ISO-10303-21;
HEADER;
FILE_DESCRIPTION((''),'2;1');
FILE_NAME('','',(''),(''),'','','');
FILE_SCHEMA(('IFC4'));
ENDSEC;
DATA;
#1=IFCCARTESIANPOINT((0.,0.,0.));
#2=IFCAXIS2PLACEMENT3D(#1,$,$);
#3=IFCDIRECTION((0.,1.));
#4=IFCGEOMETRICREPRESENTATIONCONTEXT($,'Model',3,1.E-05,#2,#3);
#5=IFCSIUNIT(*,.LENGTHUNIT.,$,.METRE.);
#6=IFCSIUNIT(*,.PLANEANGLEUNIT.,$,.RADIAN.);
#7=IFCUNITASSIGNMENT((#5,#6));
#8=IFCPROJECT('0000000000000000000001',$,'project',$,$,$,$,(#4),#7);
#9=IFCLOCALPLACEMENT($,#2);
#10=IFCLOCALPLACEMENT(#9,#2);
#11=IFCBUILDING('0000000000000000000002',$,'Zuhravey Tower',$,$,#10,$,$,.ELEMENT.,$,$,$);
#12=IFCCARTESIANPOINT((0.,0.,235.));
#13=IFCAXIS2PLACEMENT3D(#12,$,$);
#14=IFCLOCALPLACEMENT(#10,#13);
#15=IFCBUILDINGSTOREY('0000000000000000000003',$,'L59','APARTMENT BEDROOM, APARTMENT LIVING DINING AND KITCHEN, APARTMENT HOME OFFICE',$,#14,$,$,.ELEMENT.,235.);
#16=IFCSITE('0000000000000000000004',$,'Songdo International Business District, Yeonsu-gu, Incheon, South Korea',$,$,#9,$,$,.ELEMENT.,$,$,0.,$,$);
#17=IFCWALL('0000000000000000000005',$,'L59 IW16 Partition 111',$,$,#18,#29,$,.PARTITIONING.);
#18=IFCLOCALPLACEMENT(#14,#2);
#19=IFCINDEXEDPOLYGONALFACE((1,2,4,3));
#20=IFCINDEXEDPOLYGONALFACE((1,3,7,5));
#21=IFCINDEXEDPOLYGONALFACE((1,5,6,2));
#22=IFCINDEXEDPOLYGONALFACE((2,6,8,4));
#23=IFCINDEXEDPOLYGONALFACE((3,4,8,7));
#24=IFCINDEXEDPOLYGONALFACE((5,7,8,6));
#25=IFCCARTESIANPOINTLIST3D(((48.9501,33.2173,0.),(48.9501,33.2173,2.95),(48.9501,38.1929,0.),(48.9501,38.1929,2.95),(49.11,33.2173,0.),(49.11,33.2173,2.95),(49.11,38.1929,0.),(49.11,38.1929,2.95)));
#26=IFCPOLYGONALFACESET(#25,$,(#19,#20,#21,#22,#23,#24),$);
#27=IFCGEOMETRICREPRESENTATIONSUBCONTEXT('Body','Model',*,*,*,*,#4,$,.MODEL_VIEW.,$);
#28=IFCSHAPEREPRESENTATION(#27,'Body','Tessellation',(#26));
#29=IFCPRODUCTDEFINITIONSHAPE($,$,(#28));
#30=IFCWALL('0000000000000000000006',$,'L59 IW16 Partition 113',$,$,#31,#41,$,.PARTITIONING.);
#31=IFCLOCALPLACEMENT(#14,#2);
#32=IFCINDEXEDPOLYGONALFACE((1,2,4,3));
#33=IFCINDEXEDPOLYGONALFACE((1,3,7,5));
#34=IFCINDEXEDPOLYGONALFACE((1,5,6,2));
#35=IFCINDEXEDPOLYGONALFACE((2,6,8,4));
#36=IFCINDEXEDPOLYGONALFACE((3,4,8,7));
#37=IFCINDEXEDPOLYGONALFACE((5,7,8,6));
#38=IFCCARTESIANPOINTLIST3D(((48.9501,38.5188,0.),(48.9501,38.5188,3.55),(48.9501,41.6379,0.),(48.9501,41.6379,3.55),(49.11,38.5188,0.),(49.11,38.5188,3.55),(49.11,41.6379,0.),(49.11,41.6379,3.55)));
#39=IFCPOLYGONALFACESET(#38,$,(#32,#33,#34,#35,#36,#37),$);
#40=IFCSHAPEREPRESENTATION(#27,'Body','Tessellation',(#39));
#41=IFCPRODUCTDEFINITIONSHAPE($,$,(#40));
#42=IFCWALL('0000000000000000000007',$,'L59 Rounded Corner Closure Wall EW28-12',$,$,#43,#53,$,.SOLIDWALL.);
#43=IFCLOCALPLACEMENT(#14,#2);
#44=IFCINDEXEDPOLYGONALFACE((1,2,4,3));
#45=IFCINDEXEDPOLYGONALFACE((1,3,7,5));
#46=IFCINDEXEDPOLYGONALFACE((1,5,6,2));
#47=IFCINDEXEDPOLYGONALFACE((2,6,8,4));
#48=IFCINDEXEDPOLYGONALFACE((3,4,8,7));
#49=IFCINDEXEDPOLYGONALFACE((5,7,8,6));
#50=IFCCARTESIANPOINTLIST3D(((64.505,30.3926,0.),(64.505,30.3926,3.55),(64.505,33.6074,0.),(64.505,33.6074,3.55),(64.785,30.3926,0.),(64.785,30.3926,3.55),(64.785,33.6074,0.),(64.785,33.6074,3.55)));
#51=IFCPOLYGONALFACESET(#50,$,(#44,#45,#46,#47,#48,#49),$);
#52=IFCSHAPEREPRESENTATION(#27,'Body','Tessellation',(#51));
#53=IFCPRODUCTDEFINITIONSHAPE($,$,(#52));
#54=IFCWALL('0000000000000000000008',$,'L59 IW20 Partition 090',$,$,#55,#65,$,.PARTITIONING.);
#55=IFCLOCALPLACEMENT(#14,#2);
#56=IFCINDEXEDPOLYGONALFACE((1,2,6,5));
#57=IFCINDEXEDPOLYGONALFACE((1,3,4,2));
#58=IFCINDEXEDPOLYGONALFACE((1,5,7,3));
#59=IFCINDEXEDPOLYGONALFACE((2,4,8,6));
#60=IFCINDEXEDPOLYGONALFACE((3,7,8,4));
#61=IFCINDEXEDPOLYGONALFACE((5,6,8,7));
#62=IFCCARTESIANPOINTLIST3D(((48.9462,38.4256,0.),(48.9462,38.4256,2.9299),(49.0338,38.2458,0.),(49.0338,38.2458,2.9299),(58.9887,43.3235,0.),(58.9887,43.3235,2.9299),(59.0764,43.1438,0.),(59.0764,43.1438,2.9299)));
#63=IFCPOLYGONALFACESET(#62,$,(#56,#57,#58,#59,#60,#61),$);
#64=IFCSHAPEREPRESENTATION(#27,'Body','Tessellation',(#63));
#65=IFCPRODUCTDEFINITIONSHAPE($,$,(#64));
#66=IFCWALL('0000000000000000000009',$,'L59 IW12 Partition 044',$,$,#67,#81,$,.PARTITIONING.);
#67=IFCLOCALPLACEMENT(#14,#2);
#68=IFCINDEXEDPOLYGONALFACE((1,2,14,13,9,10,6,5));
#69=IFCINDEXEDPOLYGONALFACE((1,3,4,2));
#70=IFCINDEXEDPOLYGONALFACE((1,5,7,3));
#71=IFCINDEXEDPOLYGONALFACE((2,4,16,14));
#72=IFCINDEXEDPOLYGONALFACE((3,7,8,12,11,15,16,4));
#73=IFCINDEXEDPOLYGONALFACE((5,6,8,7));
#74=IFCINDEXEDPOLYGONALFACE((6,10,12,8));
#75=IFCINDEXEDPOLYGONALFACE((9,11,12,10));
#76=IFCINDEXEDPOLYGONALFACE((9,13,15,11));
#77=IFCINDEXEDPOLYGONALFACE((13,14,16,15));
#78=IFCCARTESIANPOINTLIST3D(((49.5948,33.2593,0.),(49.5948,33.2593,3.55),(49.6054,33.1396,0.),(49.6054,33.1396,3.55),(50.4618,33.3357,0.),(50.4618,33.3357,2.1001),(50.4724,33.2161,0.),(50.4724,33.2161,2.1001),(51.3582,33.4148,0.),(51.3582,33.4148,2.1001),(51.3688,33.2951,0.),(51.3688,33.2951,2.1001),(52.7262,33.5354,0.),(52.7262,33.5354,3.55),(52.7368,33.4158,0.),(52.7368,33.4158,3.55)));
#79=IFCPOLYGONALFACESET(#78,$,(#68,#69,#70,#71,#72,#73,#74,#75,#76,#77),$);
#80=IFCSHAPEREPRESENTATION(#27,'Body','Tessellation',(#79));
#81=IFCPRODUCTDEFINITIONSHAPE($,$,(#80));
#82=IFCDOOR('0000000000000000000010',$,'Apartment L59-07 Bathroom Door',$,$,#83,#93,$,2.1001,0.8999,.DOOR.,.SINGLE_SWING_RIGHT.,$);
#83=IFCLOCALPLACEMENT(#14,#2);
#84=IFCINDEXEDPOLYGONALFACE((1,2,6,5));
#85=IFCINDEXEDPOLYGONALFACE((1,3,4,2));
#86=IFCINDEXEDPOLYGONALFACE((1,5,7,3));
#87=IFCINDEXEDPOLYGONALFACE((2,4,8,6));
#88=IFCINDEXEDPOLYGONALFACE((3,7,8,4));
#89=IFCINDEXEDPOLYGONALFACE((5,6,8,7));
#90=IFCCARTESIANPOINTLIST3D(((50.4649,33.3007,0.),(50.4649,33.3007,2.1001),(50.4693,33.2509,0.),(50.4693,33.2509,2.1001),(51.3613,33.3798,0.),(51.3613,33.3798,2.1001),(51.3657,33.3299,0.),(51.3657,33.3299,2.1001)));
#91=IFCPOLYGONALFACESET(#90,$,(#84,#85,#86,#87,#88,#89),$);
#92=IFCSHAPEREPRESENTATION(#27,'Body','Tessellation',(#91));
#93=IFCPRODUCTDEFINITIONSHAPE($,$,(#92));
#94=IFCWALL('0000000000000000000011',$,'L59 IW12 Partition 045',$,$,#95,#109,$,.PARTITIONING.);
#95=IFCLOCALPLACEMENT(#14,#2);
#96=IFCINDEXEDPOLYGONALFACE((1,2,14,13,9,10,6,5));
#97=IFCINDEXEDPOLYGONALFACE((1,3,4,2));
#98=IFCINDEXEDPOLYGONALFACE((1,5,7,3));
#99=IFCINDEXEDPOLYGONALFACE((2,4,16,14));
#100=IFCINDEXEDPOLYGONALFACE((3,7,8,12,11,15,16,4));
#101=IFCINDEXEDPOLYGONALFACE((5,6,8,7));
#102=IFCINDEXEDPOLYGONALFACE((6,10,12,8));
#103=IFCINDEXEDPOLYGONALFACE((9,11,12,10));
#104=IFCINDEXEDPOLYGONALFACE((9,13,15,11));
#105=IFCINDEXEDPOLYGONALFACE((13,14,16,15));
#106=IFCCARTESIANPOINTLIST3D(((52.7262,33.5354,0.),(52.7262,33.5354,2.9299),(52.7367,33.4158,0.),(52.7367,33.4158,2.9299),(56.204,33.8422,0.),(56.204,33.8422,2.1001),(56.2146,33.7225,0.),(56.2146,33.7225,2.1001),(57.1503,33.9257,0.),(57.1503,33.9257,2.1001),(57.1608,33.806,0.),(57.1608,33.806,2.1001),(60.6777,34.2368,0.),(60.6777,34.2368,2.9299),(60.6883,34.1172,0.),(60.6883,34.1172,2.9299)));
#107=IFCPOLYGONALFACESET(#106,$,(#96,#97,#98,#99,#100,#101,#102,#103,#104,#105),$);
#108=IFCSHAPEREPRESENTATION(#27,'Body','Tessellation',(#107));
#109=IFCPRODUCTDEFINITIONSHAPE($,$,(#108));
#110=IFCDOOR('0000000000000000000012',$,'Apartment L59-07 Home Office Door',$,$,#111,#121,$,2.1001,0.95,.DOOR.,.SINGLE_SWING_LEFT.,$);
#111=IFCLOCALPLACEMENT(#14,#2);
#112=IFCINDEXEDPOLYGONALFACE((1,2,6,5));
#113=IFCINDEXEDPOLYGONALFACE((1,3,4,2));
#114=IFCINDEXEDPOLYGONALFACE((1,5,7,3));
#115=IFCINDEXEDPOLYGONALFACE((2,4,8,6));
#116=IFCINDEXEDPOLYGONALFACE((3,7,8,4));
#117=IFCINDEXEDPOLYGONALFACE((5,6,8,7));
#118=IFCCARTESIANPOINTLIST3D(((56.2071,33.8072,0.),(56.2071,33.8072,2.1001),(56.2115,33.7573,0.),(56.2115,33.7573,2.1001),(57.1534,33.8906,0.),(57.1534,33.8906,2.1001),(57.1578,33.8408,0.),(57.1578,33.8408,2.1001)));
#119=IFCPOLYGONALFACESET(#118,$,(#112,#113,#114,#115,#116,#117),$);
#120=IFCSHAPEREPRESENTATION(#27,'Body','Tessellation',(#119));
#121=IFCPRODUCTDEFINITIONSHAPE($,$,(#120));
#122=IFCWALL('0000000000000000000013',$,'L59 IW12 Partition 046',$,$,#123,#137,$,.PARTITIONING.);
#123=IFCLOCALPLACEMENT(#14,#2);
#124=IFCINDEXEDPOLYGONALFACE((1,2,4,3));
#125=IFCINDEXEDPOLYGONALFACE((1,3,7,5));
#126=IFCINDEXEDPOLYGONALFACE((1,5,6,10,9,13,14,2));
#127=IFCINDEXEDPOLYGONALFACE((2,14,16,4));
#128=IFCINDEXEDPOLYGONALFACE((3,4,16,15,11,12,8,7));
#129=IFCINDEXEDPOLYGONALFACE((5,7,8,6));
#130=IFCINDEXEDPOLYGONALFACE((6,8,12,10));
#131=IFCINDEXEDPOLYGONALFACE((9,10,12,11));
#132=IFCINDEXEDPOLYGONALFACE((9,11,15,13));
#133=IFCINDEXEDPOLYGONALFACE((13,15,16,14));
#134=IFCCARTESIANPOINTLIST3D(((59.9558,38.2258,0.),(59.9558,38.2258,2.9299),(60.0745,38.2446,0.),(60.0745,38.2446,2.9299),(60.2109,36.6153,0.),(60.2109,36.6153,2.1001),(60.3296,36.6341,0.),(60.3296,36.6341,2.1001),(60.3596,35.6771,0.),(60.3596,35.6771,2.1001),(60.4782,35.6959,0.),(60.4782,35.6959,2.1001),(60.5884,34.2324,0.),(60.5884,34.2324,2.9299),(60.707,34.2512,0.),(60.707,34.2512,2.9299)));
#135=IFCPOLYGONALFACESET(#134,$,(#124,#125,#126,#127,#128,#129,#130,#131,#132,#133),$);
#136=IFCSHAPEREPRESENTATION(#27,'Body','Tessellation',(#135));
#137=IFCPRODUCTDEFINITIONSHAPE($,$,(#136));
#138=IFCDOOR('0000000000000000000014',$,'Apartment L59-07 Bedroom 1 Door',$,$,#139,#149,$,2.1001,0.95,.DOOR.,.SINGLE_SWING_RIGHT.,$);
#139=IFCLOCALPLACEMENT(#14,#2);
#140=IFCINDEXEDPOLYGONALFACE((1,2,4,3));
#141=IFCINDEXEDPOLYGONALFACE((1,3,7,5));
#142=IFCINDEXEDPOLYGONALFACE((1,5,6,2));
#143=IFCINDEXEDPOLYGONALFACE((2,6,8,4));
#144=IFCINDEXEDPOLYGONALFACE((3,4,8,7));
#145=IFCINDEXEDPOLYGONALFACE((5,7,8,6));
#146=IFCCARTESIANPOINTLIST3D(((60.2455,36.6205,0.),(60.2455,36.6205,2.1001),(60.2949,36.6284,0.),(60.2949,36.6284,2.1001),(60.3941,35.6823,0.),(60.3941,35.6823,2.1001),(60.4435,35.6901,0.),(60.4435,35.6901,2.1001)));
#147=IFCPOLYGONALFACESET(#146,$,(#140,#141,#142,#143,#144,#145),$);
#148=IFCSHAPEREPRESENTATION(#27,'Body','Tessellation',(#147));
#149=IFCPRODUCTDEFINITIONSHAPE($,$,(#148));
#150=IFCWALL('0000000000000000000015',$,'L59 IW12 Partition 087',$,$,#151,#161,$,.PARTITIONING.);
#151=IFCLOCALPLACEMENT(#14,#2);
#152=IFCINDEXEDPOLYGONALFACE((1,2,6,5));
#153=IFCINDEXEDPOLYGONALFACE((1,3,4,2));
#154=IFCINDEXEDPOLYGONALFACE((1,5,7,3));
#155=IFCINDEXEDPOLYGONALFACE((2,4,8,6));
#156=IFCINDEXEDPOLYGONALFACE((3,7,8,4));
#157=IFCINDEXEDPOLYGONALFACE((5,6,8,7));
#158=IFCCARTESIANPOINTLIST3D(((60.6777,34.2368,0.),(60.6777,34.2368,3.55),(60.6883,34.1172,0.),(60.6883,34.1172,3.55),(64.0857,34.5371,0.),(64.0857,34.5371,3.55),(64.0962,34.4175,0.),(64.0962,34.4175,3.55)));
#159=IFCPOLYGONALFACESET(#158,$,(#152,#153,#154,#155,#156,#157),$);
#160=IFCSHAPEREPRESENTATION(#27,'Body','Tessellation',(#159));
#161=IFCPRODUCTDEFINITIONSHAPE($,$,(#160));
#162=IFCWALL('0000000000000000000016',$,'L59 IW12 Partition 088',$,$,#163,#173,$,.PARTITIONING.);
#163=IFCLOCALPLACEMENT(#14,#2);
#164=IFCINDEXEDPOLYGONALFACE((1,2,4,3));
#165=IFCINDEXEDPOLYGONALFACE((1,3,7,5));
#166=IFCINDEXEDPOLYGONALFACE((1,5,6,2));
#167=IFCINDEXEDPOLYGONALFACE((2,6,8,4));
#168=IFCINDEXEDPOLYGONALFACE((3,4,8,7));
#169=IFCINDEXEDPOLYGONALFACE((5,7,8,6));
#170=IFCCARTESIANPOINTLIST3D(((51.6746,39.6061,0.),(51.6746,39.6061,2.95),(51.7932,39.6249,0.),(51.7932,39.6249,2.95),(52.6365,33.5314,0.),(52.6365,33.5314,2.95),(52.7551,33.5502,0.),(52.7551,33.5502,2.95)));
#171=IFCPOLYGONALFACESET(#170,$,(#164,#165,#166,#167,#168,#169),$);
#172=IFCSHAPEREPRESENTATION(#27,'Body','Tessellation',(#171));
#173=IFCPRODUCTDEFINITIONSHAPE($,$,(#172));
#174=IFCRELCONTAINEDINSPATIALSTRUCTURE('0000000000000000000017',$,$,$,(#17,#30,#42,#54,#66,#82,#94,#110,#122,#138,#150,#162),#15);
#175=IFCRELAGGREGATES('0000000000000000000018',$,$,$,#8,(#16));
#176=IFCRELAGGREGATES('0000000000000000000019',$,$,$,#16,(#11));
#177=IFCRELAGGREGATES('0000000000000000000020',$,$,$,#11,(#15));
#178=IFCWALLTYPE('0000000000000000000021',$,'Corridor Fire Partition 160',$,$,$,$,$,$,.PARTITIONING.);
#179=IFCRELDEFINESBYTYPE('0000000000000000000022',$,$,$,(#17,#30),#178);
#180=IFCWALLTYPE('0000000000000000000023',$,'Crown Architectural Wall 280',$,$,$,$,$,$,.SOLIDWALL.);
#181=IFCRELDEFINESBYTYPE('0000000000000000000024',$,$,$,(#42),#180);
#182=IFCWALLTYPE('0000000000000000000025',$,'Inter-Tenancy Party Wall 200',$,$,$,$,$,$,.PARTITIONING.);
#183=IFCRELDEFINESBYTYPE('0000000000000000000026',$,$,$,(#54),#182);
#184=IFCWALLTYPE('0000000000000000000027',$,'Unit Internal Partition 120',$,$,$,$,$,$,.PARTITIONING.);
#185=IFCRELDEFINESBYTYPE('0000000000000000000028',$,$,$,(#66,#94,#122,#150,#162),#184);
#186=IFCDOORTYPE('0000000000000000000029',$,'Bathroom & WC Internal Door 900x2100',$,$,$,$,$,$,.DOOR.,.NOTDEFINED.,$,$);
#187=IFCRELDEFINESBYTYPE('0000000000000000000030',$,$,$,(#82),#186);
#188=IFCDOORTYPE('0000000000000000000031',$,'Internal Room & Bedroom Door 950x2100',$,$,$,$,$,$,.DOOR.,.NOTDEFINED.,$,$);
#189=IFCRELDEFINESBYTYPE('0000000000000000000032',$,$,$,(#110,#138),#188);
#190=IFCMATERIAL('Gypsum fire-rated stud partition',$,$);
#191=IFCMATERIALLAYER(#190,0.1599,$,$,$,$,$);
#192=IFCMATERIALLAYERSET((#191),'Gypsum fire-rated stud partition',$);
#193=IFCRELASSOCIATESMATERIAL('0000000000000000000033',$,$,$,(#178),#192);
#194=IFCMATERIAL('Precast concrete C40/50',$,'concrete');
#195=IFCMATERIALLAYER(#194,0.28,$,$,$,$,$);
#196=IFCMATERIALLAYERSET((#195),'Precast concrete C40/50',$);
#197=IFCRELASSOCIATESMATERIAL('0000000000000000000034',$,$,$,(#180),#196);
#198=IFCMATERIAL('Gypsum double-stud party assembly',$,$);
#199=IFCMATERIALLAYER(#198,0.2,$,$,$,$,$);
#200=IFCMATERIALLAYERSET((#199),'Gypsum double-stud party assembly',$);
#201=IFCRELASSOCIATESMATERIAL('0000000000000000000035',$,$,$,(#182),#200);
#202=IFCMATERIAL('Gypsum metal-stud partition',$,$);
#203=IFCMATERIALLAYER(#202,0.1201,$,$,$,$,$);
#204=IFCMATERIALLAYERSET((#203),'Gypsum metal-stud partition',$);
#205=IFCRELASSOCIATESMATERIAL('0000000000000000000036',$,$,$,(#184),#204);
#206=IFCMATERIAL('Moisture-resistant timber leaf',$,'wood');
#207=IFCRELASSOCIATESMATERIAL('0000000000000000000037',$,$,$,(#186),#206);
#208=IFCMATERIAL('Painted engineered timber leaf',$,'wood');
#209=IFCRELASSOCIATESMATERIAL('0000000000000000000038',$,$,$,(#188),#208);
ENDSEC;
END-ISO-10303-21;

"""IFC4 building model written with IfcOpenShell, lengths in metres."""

from ifc_helpers import new_model, si_unit, direction, frame, frame_2d, origin, place, context, subcontext, project, spatial, rectangle, extrude, material, layer, layer_set, type_object, element, fill, save


model = new_model("IFC4")

# Units and contexts
model_context = context("Model", 3, precision=1e-05, world=origin(), true_north=direction((0.0, 1.0)))
body_context = subcontext(model_context, "Body", "Model", "MODEL_VIEW")
ifc_project = project(units=[si_unit("LENGTHUNIT", "METRE"), si_unit("PLANEANGLEUNIT", "RADIAN")], contexts=[model_context])

# Site, building, storey
site_placement = place(None, origin())
site = spatial("IfcSite", under=ifc_project, at=site_placement, Name="Songdo International Business District, Yeonsu-gu, Incheon, South Korea", CompositionType="ELEMENT", RefElevation=0.0)
building_placement = place(site_placement, origin())
building = spatial("IfcBuilding", under=site, at=building_placement, Name="Zuhravey Tower", CompositionType="ELEMENT")
storey_placement = place(building_placement, frame((0.0, 0.0, 235.0)))
storey = spatial("IfcBuildingStorey", under=building, at=storey_placement, Name="L59", Description="APARTMENT BEDROOM, APARTMENT LIVING DINING AND KITCHEN, APARTMENT HOME OFFICE", CompositionType="ELEMENT", Elevation=235.0)

# Walls
ifc_material_1 = material(Name="Gypsum fire-rated stud partition")
ifc_layer_1 = layer(ifc_material_1, 0.1599)
ifc_layer_set_1 = layer_set([ifc_layer_1], Name="Gypsum fire-rated stud partition")
wall_type_1 = type_object("IfcWallType", Name="Corridor Fire Partition 160", PredefinedType="PARTITIONING", material=ifc_layer_set_1)
wall_1_placement = place(storey_placement, frame((49.03, 33.2173, 0.0), z_axis=(0.0, 0.0, 1.0), x_axis=(0.0, 1.0, 0.0)))
element("IfcWall", 1, at=wall_1_placement, inside=storey, type_object=wall_type_1, Name="L59 IW16 Partition 111", PredefinedType="PARTITIONING", context=body_context, shape_type="SweptSolid", body=[
    extrude(rectangle(XDim=4.9756, YDim=0.1599, at=frame_2d((2.4878, 0.0))), origin(), (0.0, 0.0, 1.0), 2.95),
])
wall_2_placement = place(storey_placement, frame((49.03, 38.5188, 0.0), z_axis=(0.0, 0.0, 1.0), x_axis=(0.0, 1.0, 0.0)))
element("IfcWall", 2, at=wall_2_placement, inside=storey, type_object=wall_type_1, Name="L59 IW16 Partition 113", PredefinedType="PARTITIONING", context=body_context, shape_type="SweptSolid", body=[
    extrude(rectangle(XDim=3.1191, YDim=0.1599, at=frame_2d((1.5596, 0.0))), origin(), (0.0, 0.0, 1.0), 3.55),
])
ifc_material_2 = material(Name="Precast concrete C40/50", Category="concrete")
ifc_layer_2 = layer(ifc_material_2, 0.28)
ifc_layer_set_2 = layer_set([ifc_layer_2], Name="Precast concrete C40/50")
wall_type_2 = type_object("IfcWallType", Name="Crown Architectural Wall 280", PredefinedType="SOLIDWALL", material=ifc_layer_set_2)
wall_3_placement = place(storey_placement, frame((64.645, 33.6074, 0.0), z_axis=(0.0, 0.0, 1.0), x_axis=(0.0, -1.0, 0.0)))
element("IfcWall", 3, at=wall_3_placement, inside=storey, type_object=wall_type_2, Name="L59 Rounded Corner Closure Wall EW28-12", PredefinedType="SOLIDWALL", context=body_context, shape_type="SweptSolid", body=[
    extrude(rectangle(XDim=3.2148, YDim=0.28, at=frame_2d((1.6074, 0.0))), origin(), (0.0, 0.0, 1.0), 3.55),
])
ifc_material_3 = material(Name="Gypsum double-stud party assembly")
ifc_layer_3 = layer(ifc_material_3, 0.2)
ifc_layer_set_3 = layer_set([ifc_layer_3], Name="Gypsum double-stud party assembly")
wall_type_3 = type_object("IfcWallType", Name="Inter-Tenancy Party Wall 200", PredefinedType="PARTITIONING", material=ifc_layer_set_3)
wall_4_placement = place(storey_placement, frame((48.99, 38.3357, 0.0), z_axis=(0.0, 0.0, 1.0), x_axis=(0.898797, 0.438364, 0.0)))
element("IfcWall", 4, at=wall_4_placement, inside=storey, type_object=wall_type_3, Name="L59 IW20 Partition 090", PredefinedType="PARTITIONING", context=body_context, shape_type="SweptSolid", body=[
    extrude(rectangle(XDim=11.1733, YDim=0.2, at=frame_2d((5.5867, 0.0))), origin(), (0.0, 0.0, 1.0), 2.9299),
])

# Walls, openings, doors
ifc_material_4 = material(Name="Gypsum metal-stud partition")
ifc_layer_4 = layer(ifc_material_4, 0.1201)
ifc_layer_set_4 = layer_set([ifc_layer_4], Name="Gypsum metal-stud partition")
wall_type_4 = type_object("IfcWallType", Name="Unit Internal Partition 120", PredefinedType="PARTITIONING", material=ifc_layer_set_4)
wall_5_placement = place(storey_placement, frame((49.6001, 33.1995, 0.0), z_axis=(0.0, 0.0, 1.0), x_axis=(0.996135, 0.087839, 0.0)))
wall_5 = element("IfcWall", 5, at=wall_5_placement, inside=storey, type_object=wall_type_4, Name="L59 IW12 Partition 044", PredefinedType="PARTITIONING", context=body_context, shape_type="SweptSolid", body=[
    extrude(rectangle(XDim=3.1436, YDim=0.1201, at=frame_2d((1.5718, 0.0))), origin(), (0.0, 0.0, 1.0), 3.55),
])
opening_1_placement = place(wall_5_placement, frame((0.8704, 0.0, 0.0)))
opening_1 = element("IfcOpeningElement", 6, at=opening_1_placement, cuts=wall_5, PredefinedType="OPENING", context=body_context, shape_type="SweptSolid", body=[
    extrude(rectangle(XDim=0.8999, YDim=2.1001, at=frame_2d((0.45, 1.05))), frame((0.0, 0.072, 0.0), z_axis=(0.0, -1.0, 0.0), x_axis=(1.0, 0.0, 0.0)), (0.0, 0.0, 1.0), 0.144),
])
ifc_material_5 = material(Name="Moisture-resistant timber leaf", Category="wood")
door_type_1 = type_object("IfcDoorType", Name="Bathroom & WC Internal Door 900x2100", OperationType="NOTDEFINED", PredefinedType="DOOR", material=ifc_material_5)
door_1_placement = place(opening_1_placement, origin())
door_1 = element("IfcDoor", 7, at=door_1_placement, inside=storey, type_object=door_type_1, Name="Apartment L59-07 Bathroom Door", OperationType="SINGLE_SWING_RIGHT", OverallHeight=2.1001, OverallWidth=0.8999, PredefinedType="DOOR", context=body_context, shape_type="SweptSolid", body=[
    extrude(rectangle(XDim=0.8999, YDim=2.1001, at=frame_2d((0.45, 1.05))), frame((0.0, 0.0249, 0.0), z_axis=(0.0, -1.0, 0.0), x_axis=(1.0, 0.0, 0.0)), (0.0, 0.0, 1.0), 0.05),
])
fill(opening_1, door_1)
wall_6_placement = place(storey_placement, frame((52.7314, 33.4756, 0.0), z_axis=(0.0, 0.0, 1.0), x_axis=(0.996132, 0.087869, 0.0)))
wall_6 = element("IfcWall", 8, at=wall_6_placement, inside=storey, type_object=wall_type_4, Name="L59 IW12 Partition 045", PredefinedType="PARTITIONING", context=body_context, shape_type="SweptSolid", body=[
    extrude(rectangle(XDim=7.9824, YDim=0.1201, at=frame_2d((3.9912, 0.0))), origin(), (0.0, 0.0, 1.0), 2.9299),
])
opening_2_placement = place(wall_6_placement, frame((3.4912, 0.0, 0.0)))
opening_2 = element("IfcOpeningElement", 9, at=opening_2_placement, cuts=wall_6, PredefinedType="OPENING", context=body_context, shape_type="SweptSolid", body=[
    extrude(rectangle(XDim=0.95, YDim=2.1001, at=frame_2d((0.4751, 1.05))), frame((0.0, 0.072, 0.0), z_axis=(0.0, -1.0, 0.0), x_axis=(1.0, 0.0, 0.0)), (0.0, 0.0, 1.0), 0.144),
])
ifc_material_6 = material(Name="Painted engineered timber leaf", Category="wood")
door_type_2 = type_object("IfcDoorType", Name="Internal Room & Bedroom Door 950x2100", OperationType="NOTDEFINED", PredefinedType="DOOR", material=ifc_material_6)
door_2_placement = place(opening_2_placement, origin())
door_2 = element("IfcDoor", 10, at=door_2_placement, inside=storey, type_object=door_type_2, Name="Apartment L59-07 Home Office Door", OperationType="SINGLE_SWING_LEFT", OverallHeight=2.1001, OverallWidth=0.95, PredefinedType="DOOR", context=body_context, shape_type="SweptSolid", body=[
    extrude(rectangle(XDim=0.95, YDim=2.1001, at=frame_2d((0.4751, 1.05))), frame((0.0, 0.0249, 0.0), z_axis=(0.0, -1.0, 0.0), x_axis=(1.0, 0.0, 0.0)), (0.0, 0.0, 1.0), 0.05),
])
fill(opening_2, door_2)
wall_7_placement = place(storey_placement, frame((60.6477, 34.2419, 0.0), z_axis=(0.0, 0.0, 1.0), x_axis=(-0.156452, 0.987685, 0.0)))
wall_7 = element("IfcWall", 11, at=wall_7_placement, inside=storey, type_object=wall_type_4, Name="L59 IW12 Partition 046", PredefinedType="PARTITIONING", context=body_context, shape_type="SweptSolid", body=[
    extrude(rectangle(XDim=4.0432, YDim=0.1201, at=frame_2d((2.0215, 0.0))), origin(), (0.0, 0.0, 1.0), 2.9299),
])
opening_3_placement = place(wall_7_placement, frame((1.4624, 0.0, 0.0)))
opening_3 = element("IfcOpeningElement", 12, at=opening_3_placement, cuts=wall_7, PredefinedType="OPENING", context=body_context, shape_type="SweptSolid", body=[
    extrude(rectangle(XDim=0.95, YDim=2.1001, at=frame_2d((0.4751, 1.05))), frame((0.0, 0.072, 0.0), z_axis=(0.0, -1.0, 0.0), x_axis=(1.0, 0.0, 0.0)), (0.0, 0.0, 1.0), 0.144),
])
door_3_placement = place(opening_3_placement, frame((0.95, 0.0, 0.0), z_axis=(0.0, 0.0, 1.0), x_axis=(-1.0, 0.0, 0.0)))
door_3 = element("IfcDoor", 13, at=door_3_placement, inside=storey, type_object=door_type_2, Name="Apartment L59-07 Bedroom 1 Door", OperationType="SINGLE_SWING_RIGHT", OverallHeight=2.1001, OverallWidth=0.95, PredefinedType="DOOR", context=body_context, shape_type="SweptSolid", body=[
    extrude(rectangle(XDim=0.95, YDim=2.1001, at=frame_2d((0.4751, 1.05))), frame((0.0, 0.0249, 0.0), z_axis=(0.0, -1.0, 0.0), x_axis=(1.0, 0.0, 0.0)), (0.0, 0.0, 1.0), 0.05),
])
fill(opening_3, door_3)

# Walls
wall_8_placement = place(storey_placement, frame((60.6831, 34.177, 0.0), z_axis=(0.0, 0.0, 1.0), x_axis=(0.99614, 0.087775, 0.0)))
element("IfcWall", 14, at=wall_8_placement, inside=storey, type_object=wall_type_4, Name="L59 IW12 Partition 087", PredefinedType="PARTITIONING", context=body_context, shape_type="SweptSolid", body=[
    extrude(rectangle(XDim=3.4211, YDim=0.1201, at=frame_2d((1.7104, 0.0))), origin(), (0.0, 0.0, 1.0), 3.55),
])
wall_9_placement = place(storey_placement, frame((52.6958, 33.5408, 0.0), z_axis=(0.0, 0.0, 1.0), x_axis=(-0.156399, 0.987694, 0.0)))
element("IfcWall", 15, at=wall_9_placement, inside=storey, type_object=wall_type_4, Name="L59 IW12 Partition 088", PredefinedType="PARTITIONING", context=body_context, shape_type="SweptSolid", body=[
    extrude(rectangle(XDim=6.1504, YDim=0.1201, at=frame_2d((3.0752, 0.0))), origin(), (0.0, 0.0, 1.0), 2.95),
])

save(model, "model.ifc")
